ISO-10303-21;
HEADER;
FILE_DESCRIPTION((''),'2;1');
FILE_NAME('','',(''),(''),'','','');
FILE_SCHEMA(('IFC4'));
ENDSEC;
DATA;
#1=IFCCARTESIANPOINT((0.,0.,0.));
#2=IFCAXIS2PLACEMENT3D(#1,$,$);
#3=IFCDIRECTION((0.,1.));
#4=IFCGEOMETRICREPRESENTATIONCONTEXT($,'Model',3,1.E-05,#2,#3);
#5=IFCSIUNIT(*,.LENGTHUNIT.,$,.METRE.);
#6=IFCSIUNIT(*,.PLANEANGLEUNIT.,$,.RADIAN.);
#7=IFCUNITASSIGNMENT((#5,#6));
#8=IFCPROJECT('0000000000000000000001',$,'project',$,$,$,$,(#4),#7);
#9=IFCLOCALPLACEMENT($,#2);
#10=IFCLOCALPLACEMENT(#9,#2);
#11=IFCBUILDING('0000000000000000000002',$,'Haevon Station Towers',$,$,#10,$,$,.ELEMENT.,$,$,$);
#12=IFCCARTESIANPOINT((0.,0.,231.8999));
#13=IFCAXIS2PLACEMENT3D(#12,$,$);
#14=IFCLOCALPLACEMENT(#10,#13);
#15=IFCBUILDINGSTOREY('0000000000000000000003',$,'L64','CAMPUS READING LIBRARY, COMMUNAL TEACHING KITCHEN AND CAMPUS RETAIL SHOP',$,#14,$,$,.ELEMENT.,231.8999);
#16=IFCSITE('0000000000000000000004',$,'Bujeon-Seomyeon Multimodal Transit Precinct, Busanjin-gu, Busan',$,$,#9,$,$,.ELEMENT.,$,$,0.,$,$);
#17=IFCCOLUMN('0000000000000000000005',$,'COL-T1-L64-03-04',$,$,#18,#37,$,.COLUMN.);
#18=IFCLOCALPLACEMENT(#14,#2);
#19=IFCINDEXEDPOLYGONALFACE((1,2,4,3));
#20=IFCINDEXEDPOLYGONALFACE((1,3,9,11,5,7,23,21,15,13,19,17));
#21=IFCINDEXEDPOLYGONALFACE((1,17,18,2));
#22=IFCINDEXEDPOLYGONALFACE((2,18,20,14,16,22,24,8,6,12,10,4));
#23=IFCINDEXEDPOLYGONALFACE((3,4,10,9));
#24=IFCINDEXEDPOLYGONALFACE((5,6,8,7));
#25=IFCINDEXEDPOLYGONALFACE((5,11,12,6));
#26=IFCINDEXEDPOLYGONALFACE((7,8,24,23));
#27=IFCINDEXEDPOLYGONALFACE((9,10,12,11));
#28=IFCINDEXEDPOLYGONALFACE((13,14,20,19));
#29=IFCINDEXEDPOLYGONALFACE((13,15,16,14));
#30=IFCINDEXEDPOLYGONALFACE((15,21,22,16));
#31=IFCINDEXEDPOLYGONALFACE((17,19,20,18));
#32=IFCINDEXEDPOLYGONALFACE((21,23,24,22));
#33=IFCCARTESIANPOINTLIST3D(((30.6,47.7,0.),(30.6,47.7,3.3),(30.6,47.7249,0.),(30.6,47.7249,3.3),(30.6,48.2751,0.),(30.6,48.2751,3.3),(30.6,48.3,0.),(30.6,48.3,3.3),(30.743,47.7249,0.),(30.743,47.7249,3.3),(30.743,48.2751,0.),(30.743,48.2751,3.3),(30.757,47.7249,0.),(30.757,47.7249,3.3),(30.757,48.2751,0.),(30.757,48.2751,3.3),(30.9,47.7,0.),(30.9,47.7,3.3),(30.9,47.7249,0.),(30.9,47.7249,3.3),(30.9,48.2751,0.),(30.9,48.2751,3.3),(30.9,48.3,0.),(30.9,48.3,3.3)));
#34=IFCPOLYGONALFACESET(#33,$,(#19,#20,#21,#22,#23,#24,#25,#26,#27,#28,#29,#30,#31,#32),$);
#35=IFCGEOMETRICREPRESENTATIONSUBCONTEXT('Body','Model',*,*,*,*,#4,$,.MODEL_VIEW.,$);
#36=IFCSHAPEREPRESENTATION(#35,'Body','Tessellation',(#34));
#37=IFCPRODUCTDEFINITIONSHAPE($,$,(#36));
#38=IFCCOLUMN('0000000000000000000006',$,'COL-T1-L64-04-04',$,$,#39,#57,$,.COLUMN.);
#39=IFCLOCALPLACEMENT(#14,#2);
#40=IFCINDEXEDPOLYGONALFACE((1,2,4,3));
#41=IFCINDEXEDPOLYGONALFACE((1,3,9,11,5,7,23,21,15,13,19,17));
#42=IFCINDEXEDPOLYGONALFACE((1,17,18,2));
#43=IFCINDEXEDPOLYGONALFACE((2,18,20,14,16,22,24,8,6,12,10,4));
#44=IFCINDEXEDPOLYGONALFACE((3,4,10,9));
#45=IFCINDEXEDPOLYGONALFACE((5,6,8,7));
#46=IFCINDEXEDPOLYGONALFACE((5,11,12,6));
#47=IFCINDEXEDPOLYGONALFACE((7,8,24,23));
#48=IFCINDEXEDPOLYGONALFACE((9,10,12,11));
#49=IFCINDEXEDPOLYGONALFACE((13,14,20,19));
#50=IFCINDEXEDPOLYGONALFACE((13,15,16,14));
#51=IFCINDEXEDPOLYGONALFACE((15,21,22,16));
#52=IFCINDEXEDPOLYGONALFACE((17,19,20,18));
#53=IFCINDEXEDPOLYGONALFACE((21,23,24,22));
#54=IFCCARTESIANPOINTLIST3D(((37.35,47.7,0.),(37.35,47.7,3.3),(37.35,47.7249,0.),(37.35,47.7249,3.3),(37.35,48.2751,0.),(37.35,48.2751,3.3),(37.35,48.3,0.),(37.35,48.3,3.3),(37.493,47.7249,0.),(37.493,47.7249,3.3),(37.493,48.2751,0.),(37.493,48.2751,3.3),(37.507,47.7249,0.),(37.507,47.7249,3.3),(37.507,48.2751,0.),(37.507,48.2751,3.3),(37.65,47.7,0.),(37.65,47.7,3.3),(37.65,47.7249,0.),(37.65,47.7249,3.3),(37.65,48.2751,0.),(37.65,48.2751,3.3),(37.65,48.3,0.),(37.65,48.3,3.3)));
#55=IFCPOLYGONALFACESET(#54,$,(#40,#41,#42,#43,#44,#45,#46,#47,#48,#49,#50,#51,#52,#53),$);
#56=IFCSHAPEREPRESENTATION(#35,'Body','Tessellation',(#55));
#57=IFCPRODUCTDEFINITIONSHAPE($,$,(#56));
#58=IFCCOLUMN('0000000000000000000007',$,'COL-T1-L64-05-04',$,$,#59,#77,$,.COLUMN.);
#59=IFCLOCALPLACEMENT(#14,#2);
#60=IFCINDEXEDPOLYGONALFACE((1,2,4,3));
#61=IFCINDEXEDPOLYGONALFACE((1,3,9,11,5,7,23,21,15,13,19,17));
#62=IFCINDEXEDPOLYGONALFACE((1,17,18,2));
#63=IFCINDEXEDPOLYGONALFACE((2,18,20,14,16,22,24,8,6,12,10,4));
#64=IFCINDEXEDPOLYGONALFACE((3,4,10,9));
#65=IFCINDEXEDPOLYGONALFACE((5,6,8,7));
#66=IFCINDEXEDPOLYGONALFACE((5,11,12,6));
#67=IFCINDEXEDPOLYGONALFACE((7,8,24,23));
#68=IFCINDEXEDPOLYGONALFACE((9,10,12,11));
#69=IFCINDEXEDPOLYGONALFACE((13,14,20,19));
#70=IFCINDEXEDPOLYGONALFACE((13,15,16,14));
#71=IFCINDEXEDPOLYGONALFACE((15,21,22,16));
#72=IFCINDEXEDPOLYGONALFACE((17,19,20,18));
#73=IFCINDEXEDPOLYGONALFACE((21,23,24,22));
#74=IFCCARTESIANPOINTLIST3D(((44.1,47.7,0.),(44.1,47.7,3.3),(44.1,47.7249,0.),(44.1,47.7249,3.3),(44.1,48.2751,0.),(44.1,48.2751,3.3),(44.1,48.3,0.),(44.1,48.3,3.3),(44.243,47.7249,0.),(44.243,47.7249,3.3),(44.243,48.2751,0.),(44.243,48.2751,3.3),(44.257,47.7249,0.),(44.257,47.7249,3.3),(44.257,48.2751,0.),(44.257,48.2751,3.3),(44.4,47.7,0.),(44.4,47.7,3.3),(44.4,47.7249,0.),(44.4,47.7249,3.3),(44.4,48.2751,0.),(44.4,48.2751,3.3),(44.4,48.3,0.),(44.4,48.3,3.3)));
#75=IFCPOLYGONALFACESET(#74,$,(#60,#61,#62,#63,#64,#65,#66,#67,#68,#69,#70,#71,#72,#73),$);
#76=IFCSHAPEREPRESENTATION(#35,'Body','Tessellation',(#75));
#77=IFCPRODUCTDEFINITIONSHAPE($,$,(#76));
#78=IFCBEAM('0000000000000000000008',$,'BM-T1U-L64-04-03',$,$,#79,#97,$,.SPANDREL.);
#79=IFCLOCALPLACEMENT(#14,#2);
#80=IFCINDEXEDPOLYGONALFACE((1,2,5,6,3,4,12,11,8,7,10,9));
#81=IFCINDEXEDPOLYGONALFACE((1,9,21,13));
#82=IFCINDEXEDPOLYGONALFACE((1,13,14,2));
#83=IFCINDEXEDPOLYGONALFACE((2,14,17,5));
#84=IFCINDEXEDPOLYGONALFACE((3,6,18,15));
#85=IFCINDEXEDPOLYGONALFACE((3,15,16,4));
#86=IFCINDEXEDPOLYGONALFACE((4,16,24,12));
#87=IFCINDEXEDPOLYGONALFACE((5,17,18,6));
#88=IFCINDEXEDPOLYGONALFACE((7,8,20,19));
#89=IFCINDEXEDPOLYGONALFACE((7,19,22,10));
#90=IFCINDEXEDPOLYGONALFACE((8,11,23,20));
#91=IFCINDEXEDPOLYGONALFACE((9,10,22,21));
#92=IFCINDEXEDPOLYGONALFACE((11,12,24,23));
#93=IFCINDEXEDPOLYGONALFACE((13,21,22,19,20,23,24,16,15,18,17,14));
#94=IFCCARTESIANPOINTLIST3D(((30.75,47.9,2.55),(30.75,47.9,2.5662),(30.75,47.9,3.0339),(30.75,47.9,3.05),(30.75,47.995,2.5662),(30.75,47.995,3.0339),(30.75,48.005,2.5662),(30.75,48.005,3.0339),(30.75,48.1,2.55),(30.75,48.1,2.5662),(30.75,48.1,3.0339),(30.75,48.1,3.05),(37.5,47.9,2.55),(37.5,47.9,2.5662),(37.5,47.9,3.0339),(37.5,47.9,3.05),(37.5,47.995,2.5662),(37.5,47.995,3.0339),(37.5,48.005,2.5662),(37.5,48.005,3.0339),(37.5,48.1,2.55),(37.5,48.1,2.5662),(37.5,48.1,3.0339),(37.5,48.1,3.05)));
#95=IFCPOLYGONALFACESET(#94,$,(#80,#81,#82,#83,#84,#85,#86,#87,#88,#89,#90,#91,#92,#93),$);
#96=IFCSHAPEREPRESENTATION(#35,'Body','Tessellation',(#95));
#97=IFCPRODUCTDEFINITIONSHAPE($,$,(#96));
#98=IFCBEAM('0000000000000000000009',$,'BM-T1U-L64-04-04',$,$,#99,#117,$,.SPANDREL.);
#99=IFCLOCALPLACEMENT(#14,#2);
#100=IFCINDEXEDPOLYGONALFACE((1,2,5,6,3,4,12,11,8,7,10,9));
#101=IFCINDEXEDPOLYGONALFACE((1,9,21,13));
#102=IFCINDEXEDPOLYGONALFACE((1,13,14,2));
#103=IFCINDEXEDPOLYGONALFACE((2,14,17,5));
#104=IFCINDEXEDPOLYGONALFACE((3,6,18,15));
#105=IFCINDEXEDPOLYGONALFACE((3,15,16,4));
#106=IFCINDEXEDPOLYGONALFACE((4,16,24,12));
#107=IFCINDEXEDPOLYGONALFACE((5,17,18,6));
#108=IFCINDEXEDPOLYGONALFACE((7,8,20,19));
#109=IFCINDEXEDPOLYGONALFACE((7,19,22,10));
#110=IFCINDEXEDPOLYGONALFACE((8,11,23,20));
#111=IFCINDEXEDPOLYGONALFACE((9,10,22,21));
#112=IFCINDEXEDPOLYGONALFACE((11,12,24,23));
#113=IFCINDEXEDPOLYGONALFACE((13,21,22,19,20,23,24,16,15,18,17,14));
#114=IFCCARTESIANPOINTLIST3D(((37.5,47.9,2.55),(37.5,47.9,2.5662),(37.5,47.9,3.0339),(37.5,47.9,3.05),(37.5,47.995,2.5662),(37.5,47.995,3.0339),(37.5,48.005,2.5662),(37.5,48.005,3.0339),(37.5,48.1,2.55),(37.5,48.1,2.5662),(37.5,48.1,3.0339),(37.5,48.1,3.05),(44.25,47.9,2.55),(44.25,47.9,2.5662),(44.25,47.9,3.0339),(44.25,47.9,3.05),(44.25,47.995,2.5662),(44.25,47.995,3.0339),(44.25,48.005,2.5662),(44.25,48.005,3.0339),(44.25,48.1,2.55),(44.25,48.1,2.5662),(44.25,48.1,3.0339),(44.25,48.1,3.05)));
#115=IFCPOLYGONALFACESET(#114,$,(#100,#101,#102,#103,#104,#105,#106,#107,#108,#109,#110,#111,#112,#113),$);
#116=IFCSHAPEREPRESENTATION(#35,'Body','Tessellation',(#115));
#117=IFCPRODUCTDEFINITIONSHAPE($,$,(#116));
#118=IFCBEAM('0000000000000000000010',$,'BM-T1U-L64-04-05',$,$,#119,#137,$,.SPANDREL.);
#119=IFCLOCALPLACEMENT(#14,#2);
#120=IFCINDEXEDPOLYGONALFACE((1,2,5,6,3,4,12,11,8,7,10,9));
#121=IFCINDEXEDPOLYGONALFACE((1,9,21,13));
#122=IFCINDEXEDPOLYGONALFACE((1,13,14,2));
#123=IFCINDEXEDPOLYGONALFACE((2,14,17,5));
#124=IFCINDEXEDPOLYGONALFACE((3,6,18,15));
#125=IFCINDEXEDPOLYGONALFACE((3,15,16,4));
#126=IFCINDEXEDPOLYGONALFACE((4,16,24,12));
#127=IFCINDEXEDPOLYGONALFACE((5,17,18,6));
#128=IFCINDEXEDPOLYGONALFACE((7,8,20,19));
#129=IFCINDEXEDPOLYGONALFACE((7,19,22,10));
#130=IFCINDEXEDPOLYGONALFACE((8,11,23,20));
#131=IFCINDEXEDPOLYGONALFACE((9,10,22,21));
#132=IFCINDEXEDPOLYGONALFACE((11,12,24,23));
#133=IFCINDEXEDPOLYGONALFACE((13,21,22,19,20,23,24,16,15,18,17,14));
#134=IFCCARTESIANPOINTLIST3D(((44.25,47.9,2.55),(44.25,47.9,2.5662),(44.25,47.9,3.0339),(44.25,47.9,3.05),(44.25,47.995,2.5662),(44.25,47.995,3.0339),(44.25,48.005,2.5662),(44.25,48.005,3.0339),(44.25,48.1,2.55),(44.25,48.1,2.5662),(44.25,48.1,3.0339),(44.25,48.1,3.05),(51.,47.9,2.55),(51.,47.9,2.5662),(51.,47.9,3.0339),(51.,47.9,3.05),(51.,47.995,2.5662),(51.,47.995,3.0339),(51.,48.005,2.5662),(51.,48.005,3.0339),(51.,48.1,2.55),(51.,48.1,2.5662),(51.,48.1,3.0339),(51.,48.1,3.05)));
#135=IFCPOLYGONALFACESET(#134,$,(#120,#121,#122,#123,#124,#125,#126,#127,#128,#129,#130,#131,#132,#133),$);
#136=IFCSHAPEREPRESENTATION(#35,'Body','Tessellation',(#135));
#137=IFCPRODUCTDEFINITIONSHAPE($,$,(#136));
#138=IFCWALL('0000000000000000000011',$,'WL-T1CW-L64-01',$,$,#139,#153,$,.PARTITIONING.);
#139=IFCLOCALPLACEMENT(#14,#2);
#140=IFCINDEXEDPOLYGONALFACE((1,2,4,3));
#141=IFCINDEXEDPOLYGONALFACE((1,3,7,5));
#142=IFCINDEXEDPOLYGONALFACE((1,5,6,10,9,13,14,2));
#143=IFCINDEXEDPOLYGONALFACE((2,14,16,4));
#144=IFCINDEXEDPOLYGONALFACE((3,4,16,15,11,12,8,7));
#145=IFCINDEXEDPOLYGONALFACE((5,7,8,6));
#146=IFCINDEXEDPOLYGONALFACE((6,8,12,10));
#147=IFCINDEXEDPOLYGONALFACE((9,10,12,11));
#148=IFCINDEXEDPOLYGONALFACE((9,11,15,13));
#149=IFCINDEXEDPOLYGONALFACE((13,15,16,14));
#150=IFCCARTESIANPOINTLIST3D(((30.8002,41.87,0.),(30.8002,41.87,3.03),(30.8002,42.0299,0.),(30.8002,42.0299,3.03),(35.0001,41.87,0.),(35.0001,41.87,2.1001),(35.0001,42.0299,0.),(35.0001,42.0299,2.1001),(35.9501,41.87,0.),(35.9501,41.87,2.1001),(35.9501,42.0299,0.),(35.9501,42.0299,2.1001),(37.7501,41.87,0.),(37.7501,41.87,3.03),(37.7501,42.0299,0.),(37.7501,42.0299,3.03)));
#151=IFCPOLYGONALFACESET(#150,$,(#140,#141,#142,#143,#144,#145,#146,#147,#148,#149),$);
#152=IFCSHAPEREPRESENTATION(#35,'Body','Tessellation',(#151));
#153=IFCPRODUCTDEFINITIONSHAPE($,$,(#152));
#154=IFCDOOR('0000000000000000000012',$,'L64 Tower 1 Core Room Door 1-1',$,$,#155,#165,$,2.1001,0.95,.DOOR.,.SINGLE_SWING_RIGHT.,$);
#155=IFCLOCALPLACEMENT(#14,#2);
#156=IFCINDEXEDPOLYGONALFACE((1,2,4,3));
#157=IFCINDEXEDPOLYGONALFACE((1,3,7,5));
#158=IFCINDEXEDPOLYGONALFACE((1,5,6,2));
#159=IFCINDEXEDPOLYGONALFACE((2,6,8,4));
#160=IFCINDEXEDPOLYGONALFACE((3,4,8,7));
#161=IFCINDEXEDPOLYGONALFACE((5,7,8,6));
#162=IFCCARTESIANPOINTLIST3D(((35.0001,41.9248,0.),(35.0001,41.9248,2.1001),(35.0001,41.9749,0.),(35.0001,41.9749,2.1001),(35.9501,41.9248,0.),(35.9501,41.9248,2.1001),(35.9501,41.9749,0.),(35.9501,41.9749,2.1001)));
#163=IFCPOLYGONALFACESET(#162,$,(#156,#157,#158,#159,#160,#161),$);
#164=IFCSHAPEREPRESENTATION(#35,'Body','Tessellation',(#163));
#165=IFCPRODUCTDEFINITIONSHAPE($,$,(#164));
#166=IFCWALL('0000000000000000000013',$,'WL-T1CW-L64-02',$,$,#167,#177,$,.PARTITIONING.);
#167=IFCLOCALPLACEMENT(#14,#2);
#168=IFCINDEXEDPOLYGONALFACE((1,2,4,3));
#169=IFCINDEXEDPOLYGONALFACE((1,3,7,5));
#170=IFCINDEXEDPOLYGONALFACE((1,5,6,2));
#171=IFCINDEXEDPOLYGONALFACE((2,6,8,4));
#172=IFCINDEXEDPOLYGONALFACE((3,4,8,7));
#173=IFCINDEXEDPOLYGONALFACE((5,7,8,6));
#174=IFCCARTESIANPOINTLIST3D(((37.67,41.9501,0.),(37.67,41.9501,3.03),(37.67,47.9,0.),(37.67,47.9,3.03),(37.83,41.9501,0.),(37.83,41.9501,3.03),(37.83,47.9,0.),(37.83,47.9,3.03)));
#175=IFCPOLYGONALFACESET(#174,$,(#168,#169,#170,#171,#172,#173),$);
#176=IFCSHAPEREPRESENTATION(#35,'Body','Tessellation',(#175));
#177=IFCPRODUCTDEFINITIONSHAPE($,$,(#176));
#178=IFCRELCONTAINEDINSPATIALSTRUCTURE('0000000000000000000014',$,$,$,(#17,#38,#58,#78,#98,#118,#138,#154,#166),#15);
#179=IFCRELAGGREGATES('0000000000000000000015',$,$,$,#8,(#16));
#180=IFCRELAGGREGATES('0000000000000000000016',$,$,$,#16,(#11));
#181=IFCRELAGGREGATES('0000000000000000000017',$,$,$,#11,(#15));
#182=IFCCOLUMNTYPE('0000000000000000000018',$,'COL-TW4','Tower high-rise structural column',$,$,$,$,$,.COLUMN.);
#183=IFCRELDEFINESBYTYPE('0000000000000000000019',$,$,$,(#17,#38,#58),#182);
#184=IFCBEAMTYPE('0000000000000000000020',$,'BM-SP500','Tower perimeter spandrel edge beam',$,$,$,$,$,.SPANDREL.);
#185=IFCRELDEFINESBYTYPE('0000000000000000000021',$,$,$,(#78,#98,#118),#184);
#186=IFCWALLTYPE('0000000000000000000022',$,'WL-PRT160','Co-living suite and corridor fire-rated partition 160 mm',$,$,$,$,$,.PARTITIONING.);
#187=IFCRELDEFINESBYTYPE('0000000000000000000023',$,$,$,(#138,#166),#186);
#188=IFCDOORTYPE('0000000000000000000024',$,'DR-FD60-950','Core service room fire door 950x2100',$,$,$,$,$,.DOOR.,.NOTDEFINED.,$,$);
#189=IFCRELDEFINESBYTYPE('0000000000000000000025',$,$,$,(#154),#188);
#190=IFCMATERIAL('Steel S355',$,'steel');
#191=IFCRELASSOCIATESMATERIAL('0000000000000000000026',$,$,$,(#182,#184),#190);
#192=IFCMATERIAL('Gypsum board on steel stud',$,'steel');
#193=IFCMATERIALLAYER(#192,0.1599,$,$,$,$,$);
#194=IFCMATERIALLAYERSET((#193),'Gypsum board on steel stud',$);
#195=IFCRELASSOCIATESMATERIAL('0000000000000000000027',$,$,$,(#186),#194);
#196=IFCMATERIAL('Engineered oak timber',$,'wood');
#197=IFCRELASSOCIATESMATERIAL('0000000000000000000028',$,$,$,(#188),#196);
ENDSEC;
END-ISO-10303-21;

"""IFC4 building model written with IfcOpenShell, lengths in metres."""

from ifc_helpers import new_model, si_unit, direction, frame, frame_2d, origin, origin_2d, place, context, subcontext, project, spatial, rectangle, i_section, extrude, material, layer, layer_set, material_profile, profile_set, type_object, element, fill, save


model = new_model("IFC4")

# Units and contexts
model_context = context("Model", 3, precision=1e-05, world=origin(), true_north=direction((0.0, 1.0)))
body_context = subcontext(model_context, "Body", "Model", "MODEL_VIEW")
ifc_project = project(units=[si_unit("LENGTHUNIT", "METRE"), si_unit("PLANEANGLEUNIT", "RADIAN")], contexts=[model_context])

# Site, building, storey
site_placement = place(None, origin())
site = spatial("IfcSite", under=ifc_project, at=site_placement, Name="Bujeon-Seomyeon Multimodal Transit Precinct, Busanjin-gu, Busan", CompositionType="ELEMENT", RefElevation=0.0)
building_placement = place(site_placement, origin())
building = spatial("IfcBuilding", under=site, at=building_placement, Name="Haevon Station Towers", CompositionType="ELEMENT")
storey_placement = place(building_placement, frame((0.0, 0.0, 231.8999)))
storey = spatial("IfcBuildingStorey", under=building, at=storey_placement, Name="L64", Description="CAMPUS READING LIBRARY, COMMUNAL TEACHING KITCHEN AND CAMPUS RETAIL SHOP", CompositionType="ELEMENT", Elevation=231.8999)

# Columns
ifc_material_1 = material(Name="Steel S355", Category="steel")
ifc_material_profile_1 = material_profile(ifc_material_1, i_section(OverallWidth=0.3, OverallDepth=0.6001, WebThickness=0.0139, FlangeThickness=0.0249, at=origin_2d()), Name="H-600x300x14x25")
ifc_profile_set_1 = profile_set([ifc_material_profile_1], Name="Steel S355")
column_type = type_object("IfcColumnType", Name="COL-TW4", Description="Tower high-rise structural column", PredefinedType="COLUMN", material=ifc_profile_set_1)
for number, where, z_axis, x_axis, name in (
    (1, (30.75, 48.0, 0.0), (0.0, 0.0, 1.0), (1.0, 0.0, 0.0), "COL-T1-L64-03-04"),
    (2, (37.5, 48.0, 0.0), (0.0, 0.0, 1.0), (1.0, 0.0, 0.0), "COL-T1-L64-04-04"),
    (3, (44.25, 48.0, 0.0), (0.0, 0.0, 1.0), (1.0, 0.0, 0.0), "COL-T1-L64-05-04"),
):
    element("IfcColumn", number, at=place(storey_placement, frame(where, z_axis=z_axis, x_axis=x_axis)), inside=storey, type_object=column_type, Name=name, PredefinedType="COLUMN", context=body_context, shape_type="SweptSolid", body=[
        extrude(i_section(OverallWidth=0.3, OverallDepth=0.6001, WebThickness=0.0139, FlangeThickness=0.0249, at=origin_2d()), origin(), (0.0, 0.0, 1.0), 3.3),
    ])

# Beams
ifc_material_profile_2 = material_profile(ifc_material_1, i_section(OverallWidth=0.2, OverallDepth=0.5, WebThickness=0.01, FlangeThickness=0.0161, at=origin_2d()), Name="H-500x200x10x16")
ifc_profile_set_2 = profile_set([ifc_material_profile_2], Name="Steel S355")
beam_type = type_object("IfcBeamType", Name="BM-SP500", Description="Tower perimeter spandrel edge beam", PredefinedType="SPANDREL", material=ifc_profile_set_2)
for number, where, z_axis, x_axis, name in (
    (4, (30.75, 48.0, 2.8), (1.0, 0.0, 0.0), (0.0, 1.0, 0.0), "BM-T1U-L64-04-03"),
    (5, (37.5, 48.0, 2.8), (1.0, 0.0, 0.0), (0.0, 1.0, 0.0), "BM-T1U-L64-04-04"),
    (6, (44.25, 48.0, 2.8), (1.0, 0.0, 0.0), (0.0, 1.0, 0.0), "BM-T1U-L64-04-05"),
):
    element("IfcBeam", number, at=place(storey_placement, frame(where, z_axis=z_axis, x_axis=x_axis)), inside=storey, type_object=beam_type, Name=name, PredefinedType="SPANDREL", context=body_context, shape_type="SweptSolid", body=[
        extrude(i_section(OverallWidth=0.2, OverallDepth=0.5, WebThickness=0.01, FlangeThickness=0.0161, at=origin_2d()), origin(), (0.0, 0.0, 1.0), 6.75),
    ])

# Wall, opening, door
ifc_material_2 = material(Name="Gypsum board on steel stud", Category="steel")
ifc_layer_1 = layer(ifc_material_2, 0.1599)
ifc_layer_set_1 = layer_set([ifc_layer_1], Name="Gypsum board on steel stud")
wall_type_1 = type_object("IfcWallType", Name="WL-PRT160", Description="Co-living suite and corridor fire-rated partition 160 mm", PredefinedType="PARTITIONING", material=ifc_layer_set_1)
wall_1_placement = place(storey_placement, frame((30.8, 41.95, 0.0), z_axis=(0.0, 0.0, 1.0), x_axis=(1.0, 0.0, 0.0)))
wall_1 = element("IfcWall", 7, at=wall_1_placement, inside=storey, type_object=wall_type_1, Name="WL-T1CW-L64-01", PredefinedType="PARTITIONING", context=body_context, shape_type="SweptSolid", body=[
    extrude(rectangle(XDim=6.95, YDim=0.1599, at=frame_2d((3.4751, 0.0))), origin(), (0.0, 0.0, 1.0), 3.03),
])
opening_1_placement = place(wall_1_placement, frame((4.2, 0.0, 0.0)))
opening_1 = element("IfcOpeningElement", 8, at=opening_1_placement, cuts=wall_1, PredefinedType="OPENING", context=body_context, shape_type="SweptSolid", body=[
    extrude(rectangle(XDim=0.95, YDim=2.1001, at=frame_2d((0.4751, 1.05))), frame((0.0, 0.0898, 0.0), z_axis=(0.0, -1.0, 0.0), x_axis=(1.0, 0.0, 0.0)), (0.0, 0.0, 1.0), 0.1799),
])
ifc_material_3 = material(Name="Engineered oak timber", Category="wood")
door_type_1 = type_object("IfcDoorType", Name="DR-FD60-950", Description="Core service room fire door 950x2100", OperationType="NOTDEFINED", PredefinedType="DOOR", material=ifc_material_3)
door_1_placement = place(opening_1_placement, origin())
door_1 = element("IfcDoor", 9, at=door_1_placement, inside=storey, type_object=door_type_1, Name="L64 Tower 1 Core Room Door 1-1", OperationType="SINGLE_SWING_RIGHT", OverallHeight=2.1001, OverallWidth=0.95, PredefinedType="DOOR", context=body_context, shape_type="SweptSolid", body=[
    extrude(rectangle(XDim=0.95, YDim=2.1001, at=frame_2d((0.4751, 1.05))), frame((0.0, 0.0249, 0.0), z_axis=(0.0, -1.0, 0.0), x_axis=(1.0, 0.0, 0.0)), (0.0, 0.0, 1.0), 0.05),
])
fill(opening_1, door_1)

# Wall
wall_2_placement = place(storey_placement, frame((37.75, 41.95, 0.0), z_axis=(0.0, 0.0, 1.0), x_axis=(0.0, 1.0, 0.0)))
element("IfcWall", 10, at=wall_2_placement, inside=storey, type_object=wall_type_1, Name="WL-T1CW-L64-02", PredefinedType="PARTITIONING", context=body_context, shape_type="SweptSolid", body=[
    extrude(rectangle(XDim=5.95, YDim=0.1599, at=frame_2d((2.9751, 0.0))), origin(), (0.0, 0.0, 1.0), 3.03),
])

save(model, "model.ifc")
